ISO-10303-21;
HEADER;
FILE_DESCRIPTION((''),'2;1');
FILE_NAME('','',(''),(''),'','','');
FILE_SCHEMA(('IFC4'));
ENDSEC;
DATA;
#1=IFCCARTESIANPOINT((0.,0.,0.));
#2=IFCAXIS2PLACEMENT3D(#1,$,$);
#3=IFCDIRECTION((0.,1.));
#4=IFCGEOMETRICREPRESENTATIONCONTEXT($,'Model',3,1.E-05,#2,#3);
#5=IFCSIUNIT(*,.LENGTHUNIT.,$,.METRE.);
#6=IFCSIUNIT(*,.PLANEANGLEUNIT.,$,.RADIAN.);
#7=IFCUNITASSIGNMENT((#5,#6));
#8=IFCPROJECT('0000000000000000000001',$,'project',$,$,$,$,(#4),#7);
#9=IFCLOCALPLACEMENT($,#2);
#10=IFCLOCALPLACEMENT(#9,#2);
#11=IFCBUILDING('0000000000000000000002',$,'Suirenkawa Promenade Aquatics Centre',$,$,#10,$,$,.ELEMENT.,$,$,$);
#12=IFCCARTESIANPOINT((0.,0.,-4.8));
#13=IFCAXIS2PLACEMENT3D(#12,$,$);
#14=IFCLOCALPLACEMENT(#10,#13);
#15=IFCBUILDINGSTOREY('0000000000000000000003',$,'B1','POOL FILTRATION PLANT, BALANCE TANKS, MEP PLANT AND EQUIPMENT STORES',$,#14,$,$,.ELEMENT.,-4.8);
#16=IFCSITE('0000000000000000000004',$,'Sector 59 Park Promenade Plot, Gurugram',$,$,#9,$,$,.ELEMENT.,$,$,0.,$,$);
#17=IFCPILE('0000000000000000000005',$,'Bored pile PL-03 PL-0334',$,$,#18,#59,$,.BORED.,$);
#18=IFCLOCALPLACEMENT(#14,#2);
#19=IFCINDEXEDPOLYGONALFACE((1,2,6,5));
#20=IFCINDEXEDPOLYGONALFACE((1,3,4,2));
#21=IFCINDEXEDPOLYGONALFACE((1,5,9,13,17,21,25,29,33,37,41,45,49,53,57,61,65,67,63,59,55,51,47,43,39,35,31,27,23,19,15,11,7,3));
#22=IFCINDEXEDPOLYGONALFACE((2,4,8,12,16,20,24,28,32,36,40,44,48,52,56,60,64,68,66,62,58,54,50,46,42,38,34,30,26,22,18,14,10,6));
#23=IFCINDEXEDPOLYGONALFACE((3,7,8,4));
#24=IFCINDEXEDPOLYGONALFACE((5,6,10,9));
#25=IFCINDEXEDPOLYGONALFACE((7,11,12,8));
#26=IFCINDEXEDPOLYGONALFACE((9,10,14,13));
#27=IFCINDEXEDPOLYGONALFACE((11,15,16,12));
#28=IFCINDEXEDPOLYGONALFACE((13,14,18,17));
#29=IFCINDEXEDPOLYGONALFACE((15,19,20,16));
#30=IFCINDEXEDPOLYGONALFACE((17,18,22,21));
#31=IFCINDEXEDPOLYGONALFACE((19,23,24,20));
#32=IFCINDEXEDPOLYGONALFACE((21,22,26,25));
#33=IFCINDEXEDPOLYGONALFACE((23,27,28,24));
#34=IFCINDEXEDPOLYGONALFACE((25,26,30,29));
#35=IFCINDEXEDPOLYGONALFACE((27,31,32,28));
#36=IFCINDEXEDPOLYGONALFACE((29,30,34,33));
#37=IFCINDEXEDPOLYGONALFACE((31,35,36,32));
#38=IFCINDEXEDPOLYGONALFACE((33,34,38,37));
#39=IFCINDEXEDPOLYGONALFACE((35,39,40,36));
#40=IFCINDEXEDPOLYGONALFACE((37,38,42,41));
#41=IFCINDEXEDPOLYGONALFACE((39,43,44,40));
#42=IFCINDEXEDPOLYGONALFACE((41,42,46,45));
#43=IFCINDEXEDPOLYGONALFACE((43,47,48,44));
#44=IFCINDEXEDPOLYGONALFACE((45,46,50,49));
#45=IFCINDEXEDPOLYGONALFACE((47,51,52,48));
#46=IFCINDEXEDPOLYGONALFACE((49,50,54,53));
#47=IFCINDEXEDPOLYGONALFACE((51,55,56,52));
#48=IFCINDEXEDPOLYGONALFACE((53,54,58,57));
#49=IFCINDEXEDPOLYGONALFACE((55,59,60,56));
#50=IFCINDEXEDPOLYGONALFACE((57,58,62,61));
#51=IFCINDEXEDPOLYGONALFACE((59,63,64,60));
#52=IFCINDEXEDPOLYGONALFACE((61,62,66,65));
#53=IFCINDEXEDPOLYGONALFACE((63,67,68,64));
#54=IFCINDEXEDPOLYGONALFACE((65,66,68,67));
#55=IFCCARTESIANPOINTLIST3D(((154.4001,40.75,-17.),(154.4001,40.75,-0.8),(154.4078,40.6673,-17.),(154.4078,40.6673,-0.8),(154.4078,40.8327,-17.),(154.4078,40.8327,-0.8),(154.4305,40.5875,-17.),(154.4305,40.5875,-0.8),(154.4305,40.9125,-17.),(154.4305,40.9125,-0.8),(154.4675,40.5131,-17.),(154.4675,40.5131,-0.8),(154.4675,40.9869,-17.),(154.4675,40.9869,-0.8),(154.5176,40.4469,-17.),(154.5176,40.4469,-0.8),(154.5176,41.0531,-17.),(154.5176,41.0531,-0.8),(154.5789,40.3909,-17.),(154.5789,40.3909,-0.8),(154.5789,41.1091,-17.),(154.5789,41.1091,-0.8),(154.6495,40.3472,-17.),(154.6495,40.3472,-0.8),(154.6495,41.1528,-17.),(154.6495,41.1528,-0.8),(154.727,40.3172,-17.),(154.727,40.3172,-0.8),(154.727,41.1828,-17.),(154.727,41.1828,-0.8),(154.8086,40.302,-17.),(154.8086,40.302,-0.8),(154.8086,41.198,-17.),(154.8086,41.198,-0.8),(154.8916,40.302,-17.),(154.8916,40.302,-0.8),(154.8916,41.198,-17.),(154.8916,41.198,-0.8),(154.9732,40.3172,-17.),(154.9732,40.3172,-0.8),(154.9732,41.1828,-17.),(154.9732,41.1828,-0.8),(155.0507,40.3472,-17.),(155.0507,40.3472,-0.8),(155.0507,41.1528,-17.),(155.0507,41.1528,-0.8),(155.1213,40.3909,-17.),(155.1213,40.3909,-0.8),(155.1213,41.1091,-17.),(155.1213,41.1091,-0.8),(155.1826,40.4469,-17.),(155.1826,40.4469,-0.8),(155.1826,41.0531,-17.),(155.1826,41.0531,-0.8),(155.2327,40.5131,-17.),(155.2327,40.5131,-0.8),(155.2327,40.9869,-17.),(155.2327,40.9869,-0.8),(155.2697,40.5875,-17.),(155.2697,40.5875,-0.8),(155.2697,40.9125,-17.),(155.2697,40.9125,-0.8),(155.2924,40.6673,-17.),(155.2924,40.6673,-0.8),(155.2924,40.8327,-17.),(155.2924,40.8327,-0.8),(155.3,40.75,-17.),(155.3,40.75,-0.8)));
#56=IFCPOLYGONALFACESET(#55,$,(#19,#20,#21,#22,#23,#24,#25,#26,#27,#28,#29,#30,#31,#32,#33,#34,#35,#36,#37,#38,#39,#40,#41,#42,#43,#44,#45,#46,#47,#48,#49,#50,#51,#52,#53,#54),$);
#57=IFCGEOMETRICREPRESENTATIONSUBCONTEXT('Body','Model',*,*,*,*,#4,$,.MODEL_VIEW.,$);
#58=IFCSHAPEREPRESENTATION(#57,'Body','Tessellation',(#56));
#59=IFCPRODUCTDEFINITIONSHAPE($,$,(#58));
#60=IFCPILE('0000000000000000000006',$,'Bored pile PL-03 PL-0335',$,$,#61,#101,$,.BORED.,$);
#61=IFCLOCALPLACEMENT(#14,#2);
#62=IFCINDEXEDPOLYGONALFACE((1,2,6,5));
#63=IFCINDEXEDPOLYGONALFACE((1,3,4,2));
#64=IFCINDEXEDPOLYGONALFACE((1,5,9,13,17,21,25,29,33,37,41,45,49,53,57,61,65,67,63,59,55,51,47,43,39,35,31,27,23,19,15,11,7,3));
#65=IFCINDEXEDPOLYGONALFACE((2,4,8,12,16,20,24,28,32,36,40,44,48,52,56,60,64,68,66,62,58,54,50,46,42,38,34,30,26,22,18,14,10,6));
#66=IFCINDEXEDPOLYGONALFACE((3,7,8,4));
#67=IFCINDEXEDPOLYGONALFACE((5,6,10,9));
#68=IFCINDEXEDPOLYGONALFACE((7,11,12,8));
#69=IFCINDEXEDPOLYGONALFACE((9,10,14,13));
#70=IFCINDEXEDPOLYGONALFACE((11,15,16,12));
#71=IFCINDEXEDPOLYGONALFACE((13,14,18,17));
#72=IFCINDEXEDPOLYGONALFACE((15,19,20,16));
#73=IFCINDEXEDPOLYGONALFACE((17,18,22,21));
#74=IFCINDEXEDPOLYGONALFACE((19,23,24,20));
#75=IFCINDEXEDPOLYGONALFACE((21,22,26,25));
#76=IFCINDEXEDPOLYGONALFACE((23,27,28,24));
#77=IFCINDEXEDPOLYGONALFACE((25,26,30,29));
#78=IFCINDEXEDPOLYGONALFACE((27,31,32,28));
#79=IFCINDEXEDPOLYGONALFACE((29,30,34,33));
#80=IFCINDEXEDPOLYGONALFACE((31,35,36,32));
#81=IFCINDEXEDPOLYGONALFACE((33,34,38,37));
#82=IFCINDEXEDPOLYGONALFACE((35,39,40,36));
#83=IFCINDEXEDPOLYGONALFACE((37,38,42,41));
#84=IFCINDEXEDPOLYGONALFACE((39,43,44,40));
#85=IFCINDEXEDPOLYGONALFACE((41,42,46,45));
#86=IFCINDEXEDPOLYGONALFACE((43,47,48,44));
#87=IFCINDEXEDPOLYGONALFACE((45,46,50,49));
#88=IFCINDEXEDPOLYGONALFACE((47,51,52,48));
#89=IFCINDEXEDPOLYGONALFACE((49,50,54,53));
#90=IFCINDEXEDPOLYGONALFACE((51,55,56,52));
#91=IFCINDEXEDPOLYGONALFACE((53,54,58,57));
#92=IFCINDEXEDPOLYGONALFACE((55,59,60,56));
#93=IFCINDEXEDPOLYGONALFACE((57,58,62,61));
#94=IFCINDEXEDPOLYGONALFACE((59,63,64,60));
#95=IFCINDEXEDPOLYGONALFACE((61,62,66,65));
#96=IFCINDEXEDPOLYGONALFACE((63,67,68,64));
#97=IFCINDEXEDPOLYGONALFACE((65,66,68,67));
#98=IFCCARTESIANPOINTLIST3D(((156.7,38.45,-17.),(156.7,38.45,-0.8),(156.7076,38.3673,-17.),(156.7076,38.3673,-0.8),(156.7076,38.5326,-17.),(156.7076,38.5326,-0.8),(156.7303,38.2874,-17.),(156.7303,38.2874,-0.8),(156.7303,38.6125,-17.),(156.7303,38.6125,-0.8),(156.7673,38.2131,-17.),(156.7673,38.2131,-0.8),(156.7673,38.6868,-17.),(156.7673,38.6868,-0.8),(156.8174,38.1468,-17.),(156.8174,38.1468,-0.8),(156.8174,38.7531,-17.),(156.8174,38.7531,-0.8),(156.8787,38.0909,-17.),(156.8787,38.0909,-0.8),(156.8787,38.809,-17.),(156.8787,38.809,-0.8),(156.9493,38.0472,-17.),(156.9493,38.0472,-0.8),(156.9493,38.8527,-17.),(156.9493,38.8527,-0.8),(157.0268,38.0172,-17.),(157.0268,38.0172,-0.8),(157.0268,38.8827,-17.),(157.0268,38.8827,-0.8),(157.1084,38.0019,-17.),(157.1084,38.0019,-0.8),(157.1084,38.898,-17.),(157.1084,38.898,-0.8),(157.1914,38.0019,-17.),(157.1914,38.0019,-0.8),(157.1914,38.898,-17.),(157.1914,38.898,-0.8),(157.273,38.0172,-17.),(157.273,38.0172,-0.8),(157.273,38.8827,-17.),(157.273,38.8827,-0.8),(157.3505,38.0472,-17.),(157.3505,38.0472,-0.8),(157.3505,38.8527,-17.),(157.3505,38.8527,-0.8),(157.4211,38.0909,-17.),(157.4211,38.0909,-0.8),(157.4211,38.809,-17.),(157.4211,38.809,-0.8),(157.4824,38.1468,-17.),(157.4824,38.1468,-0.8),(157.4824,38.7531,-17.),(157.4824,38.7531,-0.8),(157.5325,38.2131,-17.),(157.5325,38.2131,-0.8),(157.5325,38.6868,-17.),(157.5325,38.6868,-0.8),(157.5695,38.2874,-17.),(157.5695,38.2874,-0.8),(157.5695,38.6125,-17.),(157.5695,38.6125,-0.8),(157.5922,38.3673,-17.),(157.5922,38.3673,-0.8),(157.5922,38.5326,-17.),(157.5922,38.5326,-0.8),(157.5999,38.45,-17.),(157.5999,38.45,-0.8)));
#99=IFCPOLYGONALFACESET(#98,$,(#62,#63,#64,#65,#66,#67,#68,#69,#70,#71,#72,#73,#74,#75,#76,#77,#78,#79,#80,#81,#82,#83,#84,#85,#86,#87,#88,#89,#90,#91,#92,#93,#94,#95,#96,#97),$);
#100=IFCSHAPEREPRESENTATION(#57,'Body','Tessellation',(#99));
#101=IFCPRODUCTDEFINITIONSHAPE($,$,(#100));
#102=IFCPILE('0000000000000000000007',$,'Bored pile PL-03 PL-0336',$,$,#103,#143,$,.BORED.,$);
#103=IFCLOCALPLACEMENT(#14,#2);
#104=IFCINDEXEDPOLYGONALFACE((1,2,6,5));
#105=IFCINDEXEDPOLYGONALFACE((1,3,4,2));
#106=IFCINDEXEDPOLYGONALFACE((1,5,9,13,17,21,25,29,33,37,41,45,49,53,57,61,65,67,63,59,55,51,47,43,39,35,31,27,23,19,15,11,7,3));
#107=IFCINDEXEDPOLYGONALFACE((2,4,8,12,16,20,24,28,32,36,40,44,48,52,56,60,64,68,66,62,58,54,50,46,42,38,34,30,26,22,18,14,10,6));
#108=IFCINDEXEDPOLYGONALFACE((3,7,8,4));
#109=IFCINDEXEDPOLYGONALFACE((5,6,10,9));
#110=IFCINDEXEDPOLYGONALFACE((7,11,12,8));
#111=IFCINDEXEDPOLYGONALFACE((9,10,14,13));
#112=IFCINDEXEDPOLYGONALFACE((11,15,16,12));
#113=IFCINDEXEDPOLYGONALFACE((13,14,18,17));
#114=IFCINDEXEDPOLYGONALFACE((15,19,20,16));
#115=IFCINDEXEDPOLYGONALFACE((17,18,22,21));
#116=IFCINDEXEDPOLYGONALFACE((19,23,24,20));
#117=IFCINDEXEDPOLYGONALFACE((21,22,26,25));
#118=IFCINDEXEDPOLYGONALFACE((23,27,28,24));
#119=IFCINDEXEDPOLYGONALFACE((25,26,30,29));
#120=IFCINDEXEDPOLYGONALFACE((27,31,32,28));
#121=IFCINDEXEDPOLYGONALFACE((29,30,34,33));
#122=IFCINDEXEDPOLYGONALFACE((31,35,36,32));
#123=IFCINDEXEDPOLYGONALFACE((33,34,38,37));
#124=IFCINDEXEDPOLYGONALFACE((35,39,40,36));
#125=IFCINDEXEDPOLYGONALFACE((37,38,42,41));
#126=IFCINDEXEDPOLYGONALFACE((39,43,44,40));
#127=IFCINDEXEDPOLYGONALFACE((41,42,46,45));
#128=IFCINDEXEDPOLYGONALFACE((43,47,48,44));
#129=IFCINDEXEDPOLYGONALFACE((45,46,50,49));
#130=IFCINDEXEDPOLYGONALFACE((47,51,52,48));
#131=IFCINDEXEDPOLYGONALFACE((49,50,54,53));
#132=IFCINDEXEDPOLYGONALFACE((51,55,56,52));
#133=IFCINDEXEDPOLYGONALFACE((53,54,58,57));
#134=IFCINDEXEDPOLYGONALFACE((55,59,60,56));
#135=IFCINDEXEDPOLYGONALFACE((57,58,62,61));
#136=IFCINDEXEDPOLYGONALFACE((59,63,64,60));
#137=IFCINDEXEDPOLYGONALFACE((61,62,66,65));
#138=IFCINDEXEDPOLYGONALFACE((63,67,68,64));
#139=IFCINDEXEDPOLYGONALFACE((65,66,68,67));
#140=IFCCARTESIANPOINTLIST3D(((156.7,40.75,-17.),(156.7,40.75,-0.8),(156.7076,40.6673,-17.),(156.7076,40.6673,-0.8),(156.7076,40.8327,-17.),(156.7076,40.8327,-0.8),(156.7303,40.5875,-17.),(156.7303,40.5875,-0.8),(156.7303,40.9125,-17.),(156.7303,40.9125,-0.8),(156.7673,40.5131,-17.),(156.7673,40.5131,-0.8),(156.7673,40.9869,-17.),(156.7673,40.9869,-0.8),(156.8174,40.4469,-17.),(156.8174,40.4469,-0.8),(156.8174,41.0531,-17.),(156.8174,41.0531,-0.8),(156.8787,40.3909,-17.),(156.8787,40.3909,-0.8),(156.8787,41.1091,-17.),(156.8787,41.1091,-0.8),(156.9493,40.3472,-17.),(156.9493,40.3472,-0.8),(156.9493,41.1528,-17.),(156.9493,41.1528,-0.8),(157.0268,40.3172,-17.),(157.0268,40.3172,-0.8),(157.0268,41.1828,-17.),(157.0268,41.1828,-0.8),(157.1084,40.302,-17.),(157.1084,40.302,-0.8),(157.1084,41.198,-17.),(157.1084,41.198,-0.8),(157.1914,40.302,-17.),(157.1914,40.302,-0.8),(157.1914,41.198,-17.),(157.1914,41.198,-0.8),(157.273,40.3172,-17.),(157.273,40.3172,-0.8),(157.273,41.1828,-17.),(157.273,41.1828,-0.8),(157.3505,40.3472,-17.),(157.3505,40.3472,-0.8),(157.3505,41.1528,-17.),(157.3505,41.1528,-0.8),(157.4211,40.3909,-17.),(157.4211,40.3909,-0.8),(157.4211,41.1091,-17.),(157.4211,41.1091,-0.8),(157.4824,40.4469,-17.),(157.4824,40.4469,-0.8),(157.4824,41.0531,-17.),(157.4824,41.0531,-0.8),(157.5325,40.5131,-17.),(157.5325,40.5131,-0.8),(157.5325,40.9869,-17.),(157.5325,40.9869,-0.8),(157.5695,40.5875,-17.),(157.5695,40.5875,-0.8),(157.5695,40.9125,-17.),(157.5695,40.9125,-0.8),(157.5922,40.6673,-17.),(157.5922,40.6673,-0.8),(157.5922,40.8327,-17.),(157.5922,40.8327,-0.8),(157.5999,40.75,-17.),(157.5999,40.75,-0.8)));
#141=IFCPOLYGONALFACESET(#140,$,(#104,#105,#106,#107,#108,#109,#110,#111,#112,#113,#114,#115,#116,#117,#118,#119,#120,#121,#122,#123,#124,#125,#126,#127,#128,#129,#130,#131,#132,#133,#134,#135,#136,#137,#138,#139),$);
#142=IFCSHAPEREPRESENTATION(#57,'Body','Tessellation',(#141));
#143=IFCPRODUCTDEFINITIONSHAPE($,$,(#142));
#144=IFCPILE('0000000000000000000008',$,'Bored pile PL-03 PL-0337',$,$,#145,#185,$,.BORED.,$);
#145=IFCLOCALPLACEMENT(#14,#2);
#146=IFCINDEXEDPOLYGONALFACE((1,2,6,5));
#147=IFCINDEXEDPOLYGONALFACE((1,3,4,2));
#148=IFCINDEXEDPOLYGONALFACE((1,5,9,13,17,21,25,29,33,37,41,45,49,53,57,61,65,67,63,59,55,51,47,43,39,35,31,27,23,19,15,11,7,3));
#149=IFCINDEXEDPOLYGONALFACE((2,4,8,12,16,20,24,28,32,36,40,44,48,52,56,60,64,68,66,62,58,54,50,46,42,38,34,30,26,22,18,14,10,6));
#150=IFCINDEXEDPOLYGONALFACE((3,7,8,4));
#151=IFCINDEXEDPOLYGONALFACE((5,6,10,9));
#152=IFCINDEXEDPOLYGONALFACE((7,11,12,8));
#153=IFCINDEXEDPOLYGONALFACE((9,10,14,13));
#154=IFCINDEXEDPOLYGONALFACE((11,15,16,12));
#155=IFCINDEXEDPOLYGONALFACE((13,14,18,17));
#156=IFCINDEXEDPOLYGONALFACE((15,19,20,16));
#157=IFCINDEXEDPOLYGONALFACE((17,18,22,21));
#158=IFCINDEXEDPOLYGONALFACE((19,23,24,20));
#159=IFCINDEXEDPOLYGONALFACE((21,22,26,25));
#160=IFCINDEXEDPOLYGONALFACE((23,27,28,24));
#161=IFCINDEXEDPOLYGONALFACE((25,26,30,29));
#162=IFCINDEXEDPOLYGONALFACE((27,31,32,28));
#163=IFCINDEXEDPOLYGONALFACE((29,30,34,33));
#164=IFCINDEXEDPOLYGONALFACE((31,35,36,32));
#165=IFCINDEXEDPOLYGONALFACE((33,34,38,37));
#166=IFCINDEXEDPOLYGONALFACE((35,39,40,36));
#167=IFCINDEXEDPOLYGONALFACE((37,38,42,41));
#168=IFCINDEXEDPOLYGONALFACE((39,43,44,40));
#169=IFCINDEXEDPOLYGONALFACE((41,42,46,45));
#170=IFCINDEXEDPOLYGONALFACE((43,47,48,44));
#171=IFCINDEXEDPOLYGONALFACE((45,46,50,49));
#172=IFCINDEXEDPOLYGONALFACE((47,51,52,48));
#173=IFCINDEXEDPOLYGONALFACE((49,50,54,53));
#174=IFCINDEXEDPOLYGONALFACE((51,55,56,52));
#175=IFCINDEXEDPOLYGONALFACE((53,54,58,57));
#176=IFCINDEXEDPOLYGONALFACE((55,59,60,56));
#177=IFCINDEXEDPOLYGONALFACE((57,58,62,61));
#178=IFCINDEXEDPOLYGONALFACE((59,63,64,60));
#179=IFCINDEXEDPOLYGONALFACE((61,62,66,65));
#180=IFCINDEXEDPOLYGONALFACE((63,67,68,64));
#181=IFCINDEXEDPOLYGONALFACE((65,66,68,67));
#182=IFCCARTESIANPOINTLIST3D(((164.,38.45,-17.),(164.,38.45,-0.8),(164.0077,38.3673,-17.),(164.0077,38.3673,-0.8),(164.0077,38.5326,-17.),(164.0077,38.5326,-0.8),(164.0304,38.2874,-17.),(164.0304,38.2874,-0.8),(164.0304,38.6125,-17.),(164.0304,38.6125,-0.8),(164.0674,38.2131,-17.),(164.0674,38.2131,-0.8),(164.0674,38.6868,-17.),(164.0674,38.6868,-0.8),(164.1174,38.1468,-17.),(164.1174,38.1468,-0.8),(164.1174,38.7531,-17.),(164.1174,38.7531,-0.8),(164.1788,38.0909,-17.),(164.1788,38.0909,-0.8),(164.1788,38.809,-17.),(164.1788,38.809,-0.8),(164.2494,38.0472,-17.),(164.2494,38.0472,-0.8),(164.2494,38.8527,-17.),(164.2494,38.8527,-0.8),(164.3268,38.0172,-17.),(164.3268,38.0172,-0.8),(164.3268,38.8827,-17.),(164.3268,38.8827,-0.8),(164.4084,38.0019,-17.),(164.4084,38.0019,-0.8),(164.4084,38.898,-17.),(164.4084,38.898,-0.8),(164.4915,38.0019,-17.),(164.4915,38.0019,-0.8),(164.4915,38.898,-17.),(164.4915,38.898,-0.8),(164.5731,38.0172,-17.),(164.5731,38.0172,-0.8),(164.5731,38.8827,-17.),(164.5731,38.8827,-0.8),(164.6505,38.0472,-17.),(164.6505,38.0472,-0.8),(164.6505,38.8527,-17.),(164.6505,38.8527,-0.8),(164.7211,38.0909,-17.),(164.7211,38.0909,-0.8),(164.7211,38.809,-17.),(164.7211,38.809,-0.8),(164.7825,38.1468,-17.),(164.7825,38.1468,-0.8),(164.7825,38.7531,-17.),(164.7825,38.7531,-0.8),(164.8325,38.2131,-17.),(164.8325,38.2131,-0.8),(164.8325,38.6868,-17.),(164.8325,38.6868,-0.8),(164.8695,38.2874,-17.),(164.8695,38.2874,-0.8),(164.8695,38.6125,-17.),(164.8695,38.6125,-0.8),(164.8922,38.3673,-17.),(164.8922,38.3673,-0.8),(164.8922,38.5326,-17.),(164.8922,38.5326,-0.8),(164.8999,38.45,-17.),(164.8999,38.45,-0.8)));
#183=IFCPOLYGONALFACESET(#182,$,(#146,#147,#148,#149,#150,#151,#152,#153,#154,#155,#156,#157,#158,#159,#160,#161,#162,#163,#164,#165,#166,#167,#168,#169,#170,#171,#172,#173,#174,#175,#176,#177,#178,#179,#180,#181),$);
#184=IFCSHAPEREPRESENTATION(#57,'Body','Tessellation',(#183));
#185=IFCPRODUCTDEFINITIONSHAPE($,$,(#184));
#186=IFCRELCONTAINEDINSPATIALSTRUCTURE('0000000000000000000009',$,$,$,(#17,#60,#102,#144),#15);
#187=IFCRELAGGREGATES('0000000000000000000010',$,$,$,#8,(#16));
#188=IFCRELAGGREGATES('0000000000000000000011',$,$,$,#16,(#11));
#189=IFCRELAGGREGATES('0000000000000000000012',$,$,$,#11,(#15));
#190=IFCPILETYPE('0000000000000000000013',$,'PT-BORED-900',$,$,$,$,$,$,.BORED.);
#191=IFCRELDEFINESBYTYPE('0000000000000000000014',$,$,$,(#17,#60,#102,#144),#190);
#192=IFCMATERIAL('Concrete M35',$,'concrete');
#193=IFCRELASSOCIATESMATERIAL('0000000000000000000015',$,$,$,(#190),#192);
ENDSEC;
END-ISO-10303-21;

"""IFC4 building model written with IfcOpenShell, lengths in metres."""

from ifc_helpers import new_model, si_unit, direction, frame, origin, origin_2d, place, context, subcontext, project, spatial, circle, extrude, material, material_profile, profile_set, type_object, element, save


model = new_model("IFC4")

# Units and contexts
model_context = context("Model", 3, precision=1e-05, world=origin(), true_north=direction((0.0, 1.0)))
body_context = subcontext(model_context, "Body", "Model", "MODEL_VIEW")
ifc_project = project(units=[si_unit("LENGTHUNIT", "METRE"), si_unit("PLANEANGLEUNIT", "RADIAN")], contexts=[model_context])

# Site, building, storey
site_placement = place(None, origin())
site = spatial("IfcSite", under=ifc_project, at=site_placement, Name="Sector 59 Park Promenade Plot, Gurugram", CompositionType="ELEMENT", RefElevation=0.0)
building_placement = place(site_placement, origin())
building = spatial("IfcBuilding", under=site, at=building_placement, Name="Suirenkawa Promenade Aquatics Centre", CompositionType="ELEMENT")
storey_placement = place(building_placement, frame((0.0, 0.0, -4.8)))
storey = spatial("IfcBuildingStorey", under=building, at=storey_placement, Name="B1", Description="POOL FILTRATION PLANT, BALANCE TANKS, MEP PLANT AND EQUIPMENT STORES", CompositionType="ELEMENT", Elevation=-4.8)

# Shared definitions
ifc_material_1 = material(Name="Concrete M35", Category="concrete")

# Piles
ifc_material_profile_1 = material_profile(ifc_material_1, circle(Radius=0.45, at=origin_2d()), Name="PILE D900", Category="concrete")
ifc_profile_set_1 = profile_set([ifc_material_profile_1], Name="Concrete M35")
pile_type_1 = type_object("IfcPileType", Name="PT-BORED-900", PredefinedType="BORED", material=ifc_profile_set_1)
for number, where, z_axis, x_axis, name in (
    (1, (154.8501, 40.75, -0.8), (0.0, 0.0, -1.0), (1.0, 0.0, 0.0), "Bored pile PL-03 PL-0334"),
    (2, (157.1499, 38.45, -0.8), (0.0, 0.0, -1.0), (1.0, 0.0, 0.0), "Bored pile PL-03 PL-0335"),
    (3, (157.1499, 40.75, -0.8), (0.0, 0.0, -1.0), (1.0, 0.0, 0.0), "Bored pile PL-03 PL-0336"),
    (4, (164.45, 38.45, -0.8), (0.0, 0.0, -1.0), (1.0, 0.0, 0.0), "Bored pile PL-03 PL-0337"),
):
    element("IfcPile", number, at=place(storey_placement, frame(where, z_axis=z_axis, x_axis=x_axis)), inside=storey, type_object=pile_type_1, Name=name, PredefinedType="BORED", context=body_context, shape_type="SweptSolid", body=[
        extrude(circle(Radius=0.45, at=origin_2d()), origin(), (0.0, 0.0, 1.0), 16.2),
    ])

save(model, "model.ifc")
